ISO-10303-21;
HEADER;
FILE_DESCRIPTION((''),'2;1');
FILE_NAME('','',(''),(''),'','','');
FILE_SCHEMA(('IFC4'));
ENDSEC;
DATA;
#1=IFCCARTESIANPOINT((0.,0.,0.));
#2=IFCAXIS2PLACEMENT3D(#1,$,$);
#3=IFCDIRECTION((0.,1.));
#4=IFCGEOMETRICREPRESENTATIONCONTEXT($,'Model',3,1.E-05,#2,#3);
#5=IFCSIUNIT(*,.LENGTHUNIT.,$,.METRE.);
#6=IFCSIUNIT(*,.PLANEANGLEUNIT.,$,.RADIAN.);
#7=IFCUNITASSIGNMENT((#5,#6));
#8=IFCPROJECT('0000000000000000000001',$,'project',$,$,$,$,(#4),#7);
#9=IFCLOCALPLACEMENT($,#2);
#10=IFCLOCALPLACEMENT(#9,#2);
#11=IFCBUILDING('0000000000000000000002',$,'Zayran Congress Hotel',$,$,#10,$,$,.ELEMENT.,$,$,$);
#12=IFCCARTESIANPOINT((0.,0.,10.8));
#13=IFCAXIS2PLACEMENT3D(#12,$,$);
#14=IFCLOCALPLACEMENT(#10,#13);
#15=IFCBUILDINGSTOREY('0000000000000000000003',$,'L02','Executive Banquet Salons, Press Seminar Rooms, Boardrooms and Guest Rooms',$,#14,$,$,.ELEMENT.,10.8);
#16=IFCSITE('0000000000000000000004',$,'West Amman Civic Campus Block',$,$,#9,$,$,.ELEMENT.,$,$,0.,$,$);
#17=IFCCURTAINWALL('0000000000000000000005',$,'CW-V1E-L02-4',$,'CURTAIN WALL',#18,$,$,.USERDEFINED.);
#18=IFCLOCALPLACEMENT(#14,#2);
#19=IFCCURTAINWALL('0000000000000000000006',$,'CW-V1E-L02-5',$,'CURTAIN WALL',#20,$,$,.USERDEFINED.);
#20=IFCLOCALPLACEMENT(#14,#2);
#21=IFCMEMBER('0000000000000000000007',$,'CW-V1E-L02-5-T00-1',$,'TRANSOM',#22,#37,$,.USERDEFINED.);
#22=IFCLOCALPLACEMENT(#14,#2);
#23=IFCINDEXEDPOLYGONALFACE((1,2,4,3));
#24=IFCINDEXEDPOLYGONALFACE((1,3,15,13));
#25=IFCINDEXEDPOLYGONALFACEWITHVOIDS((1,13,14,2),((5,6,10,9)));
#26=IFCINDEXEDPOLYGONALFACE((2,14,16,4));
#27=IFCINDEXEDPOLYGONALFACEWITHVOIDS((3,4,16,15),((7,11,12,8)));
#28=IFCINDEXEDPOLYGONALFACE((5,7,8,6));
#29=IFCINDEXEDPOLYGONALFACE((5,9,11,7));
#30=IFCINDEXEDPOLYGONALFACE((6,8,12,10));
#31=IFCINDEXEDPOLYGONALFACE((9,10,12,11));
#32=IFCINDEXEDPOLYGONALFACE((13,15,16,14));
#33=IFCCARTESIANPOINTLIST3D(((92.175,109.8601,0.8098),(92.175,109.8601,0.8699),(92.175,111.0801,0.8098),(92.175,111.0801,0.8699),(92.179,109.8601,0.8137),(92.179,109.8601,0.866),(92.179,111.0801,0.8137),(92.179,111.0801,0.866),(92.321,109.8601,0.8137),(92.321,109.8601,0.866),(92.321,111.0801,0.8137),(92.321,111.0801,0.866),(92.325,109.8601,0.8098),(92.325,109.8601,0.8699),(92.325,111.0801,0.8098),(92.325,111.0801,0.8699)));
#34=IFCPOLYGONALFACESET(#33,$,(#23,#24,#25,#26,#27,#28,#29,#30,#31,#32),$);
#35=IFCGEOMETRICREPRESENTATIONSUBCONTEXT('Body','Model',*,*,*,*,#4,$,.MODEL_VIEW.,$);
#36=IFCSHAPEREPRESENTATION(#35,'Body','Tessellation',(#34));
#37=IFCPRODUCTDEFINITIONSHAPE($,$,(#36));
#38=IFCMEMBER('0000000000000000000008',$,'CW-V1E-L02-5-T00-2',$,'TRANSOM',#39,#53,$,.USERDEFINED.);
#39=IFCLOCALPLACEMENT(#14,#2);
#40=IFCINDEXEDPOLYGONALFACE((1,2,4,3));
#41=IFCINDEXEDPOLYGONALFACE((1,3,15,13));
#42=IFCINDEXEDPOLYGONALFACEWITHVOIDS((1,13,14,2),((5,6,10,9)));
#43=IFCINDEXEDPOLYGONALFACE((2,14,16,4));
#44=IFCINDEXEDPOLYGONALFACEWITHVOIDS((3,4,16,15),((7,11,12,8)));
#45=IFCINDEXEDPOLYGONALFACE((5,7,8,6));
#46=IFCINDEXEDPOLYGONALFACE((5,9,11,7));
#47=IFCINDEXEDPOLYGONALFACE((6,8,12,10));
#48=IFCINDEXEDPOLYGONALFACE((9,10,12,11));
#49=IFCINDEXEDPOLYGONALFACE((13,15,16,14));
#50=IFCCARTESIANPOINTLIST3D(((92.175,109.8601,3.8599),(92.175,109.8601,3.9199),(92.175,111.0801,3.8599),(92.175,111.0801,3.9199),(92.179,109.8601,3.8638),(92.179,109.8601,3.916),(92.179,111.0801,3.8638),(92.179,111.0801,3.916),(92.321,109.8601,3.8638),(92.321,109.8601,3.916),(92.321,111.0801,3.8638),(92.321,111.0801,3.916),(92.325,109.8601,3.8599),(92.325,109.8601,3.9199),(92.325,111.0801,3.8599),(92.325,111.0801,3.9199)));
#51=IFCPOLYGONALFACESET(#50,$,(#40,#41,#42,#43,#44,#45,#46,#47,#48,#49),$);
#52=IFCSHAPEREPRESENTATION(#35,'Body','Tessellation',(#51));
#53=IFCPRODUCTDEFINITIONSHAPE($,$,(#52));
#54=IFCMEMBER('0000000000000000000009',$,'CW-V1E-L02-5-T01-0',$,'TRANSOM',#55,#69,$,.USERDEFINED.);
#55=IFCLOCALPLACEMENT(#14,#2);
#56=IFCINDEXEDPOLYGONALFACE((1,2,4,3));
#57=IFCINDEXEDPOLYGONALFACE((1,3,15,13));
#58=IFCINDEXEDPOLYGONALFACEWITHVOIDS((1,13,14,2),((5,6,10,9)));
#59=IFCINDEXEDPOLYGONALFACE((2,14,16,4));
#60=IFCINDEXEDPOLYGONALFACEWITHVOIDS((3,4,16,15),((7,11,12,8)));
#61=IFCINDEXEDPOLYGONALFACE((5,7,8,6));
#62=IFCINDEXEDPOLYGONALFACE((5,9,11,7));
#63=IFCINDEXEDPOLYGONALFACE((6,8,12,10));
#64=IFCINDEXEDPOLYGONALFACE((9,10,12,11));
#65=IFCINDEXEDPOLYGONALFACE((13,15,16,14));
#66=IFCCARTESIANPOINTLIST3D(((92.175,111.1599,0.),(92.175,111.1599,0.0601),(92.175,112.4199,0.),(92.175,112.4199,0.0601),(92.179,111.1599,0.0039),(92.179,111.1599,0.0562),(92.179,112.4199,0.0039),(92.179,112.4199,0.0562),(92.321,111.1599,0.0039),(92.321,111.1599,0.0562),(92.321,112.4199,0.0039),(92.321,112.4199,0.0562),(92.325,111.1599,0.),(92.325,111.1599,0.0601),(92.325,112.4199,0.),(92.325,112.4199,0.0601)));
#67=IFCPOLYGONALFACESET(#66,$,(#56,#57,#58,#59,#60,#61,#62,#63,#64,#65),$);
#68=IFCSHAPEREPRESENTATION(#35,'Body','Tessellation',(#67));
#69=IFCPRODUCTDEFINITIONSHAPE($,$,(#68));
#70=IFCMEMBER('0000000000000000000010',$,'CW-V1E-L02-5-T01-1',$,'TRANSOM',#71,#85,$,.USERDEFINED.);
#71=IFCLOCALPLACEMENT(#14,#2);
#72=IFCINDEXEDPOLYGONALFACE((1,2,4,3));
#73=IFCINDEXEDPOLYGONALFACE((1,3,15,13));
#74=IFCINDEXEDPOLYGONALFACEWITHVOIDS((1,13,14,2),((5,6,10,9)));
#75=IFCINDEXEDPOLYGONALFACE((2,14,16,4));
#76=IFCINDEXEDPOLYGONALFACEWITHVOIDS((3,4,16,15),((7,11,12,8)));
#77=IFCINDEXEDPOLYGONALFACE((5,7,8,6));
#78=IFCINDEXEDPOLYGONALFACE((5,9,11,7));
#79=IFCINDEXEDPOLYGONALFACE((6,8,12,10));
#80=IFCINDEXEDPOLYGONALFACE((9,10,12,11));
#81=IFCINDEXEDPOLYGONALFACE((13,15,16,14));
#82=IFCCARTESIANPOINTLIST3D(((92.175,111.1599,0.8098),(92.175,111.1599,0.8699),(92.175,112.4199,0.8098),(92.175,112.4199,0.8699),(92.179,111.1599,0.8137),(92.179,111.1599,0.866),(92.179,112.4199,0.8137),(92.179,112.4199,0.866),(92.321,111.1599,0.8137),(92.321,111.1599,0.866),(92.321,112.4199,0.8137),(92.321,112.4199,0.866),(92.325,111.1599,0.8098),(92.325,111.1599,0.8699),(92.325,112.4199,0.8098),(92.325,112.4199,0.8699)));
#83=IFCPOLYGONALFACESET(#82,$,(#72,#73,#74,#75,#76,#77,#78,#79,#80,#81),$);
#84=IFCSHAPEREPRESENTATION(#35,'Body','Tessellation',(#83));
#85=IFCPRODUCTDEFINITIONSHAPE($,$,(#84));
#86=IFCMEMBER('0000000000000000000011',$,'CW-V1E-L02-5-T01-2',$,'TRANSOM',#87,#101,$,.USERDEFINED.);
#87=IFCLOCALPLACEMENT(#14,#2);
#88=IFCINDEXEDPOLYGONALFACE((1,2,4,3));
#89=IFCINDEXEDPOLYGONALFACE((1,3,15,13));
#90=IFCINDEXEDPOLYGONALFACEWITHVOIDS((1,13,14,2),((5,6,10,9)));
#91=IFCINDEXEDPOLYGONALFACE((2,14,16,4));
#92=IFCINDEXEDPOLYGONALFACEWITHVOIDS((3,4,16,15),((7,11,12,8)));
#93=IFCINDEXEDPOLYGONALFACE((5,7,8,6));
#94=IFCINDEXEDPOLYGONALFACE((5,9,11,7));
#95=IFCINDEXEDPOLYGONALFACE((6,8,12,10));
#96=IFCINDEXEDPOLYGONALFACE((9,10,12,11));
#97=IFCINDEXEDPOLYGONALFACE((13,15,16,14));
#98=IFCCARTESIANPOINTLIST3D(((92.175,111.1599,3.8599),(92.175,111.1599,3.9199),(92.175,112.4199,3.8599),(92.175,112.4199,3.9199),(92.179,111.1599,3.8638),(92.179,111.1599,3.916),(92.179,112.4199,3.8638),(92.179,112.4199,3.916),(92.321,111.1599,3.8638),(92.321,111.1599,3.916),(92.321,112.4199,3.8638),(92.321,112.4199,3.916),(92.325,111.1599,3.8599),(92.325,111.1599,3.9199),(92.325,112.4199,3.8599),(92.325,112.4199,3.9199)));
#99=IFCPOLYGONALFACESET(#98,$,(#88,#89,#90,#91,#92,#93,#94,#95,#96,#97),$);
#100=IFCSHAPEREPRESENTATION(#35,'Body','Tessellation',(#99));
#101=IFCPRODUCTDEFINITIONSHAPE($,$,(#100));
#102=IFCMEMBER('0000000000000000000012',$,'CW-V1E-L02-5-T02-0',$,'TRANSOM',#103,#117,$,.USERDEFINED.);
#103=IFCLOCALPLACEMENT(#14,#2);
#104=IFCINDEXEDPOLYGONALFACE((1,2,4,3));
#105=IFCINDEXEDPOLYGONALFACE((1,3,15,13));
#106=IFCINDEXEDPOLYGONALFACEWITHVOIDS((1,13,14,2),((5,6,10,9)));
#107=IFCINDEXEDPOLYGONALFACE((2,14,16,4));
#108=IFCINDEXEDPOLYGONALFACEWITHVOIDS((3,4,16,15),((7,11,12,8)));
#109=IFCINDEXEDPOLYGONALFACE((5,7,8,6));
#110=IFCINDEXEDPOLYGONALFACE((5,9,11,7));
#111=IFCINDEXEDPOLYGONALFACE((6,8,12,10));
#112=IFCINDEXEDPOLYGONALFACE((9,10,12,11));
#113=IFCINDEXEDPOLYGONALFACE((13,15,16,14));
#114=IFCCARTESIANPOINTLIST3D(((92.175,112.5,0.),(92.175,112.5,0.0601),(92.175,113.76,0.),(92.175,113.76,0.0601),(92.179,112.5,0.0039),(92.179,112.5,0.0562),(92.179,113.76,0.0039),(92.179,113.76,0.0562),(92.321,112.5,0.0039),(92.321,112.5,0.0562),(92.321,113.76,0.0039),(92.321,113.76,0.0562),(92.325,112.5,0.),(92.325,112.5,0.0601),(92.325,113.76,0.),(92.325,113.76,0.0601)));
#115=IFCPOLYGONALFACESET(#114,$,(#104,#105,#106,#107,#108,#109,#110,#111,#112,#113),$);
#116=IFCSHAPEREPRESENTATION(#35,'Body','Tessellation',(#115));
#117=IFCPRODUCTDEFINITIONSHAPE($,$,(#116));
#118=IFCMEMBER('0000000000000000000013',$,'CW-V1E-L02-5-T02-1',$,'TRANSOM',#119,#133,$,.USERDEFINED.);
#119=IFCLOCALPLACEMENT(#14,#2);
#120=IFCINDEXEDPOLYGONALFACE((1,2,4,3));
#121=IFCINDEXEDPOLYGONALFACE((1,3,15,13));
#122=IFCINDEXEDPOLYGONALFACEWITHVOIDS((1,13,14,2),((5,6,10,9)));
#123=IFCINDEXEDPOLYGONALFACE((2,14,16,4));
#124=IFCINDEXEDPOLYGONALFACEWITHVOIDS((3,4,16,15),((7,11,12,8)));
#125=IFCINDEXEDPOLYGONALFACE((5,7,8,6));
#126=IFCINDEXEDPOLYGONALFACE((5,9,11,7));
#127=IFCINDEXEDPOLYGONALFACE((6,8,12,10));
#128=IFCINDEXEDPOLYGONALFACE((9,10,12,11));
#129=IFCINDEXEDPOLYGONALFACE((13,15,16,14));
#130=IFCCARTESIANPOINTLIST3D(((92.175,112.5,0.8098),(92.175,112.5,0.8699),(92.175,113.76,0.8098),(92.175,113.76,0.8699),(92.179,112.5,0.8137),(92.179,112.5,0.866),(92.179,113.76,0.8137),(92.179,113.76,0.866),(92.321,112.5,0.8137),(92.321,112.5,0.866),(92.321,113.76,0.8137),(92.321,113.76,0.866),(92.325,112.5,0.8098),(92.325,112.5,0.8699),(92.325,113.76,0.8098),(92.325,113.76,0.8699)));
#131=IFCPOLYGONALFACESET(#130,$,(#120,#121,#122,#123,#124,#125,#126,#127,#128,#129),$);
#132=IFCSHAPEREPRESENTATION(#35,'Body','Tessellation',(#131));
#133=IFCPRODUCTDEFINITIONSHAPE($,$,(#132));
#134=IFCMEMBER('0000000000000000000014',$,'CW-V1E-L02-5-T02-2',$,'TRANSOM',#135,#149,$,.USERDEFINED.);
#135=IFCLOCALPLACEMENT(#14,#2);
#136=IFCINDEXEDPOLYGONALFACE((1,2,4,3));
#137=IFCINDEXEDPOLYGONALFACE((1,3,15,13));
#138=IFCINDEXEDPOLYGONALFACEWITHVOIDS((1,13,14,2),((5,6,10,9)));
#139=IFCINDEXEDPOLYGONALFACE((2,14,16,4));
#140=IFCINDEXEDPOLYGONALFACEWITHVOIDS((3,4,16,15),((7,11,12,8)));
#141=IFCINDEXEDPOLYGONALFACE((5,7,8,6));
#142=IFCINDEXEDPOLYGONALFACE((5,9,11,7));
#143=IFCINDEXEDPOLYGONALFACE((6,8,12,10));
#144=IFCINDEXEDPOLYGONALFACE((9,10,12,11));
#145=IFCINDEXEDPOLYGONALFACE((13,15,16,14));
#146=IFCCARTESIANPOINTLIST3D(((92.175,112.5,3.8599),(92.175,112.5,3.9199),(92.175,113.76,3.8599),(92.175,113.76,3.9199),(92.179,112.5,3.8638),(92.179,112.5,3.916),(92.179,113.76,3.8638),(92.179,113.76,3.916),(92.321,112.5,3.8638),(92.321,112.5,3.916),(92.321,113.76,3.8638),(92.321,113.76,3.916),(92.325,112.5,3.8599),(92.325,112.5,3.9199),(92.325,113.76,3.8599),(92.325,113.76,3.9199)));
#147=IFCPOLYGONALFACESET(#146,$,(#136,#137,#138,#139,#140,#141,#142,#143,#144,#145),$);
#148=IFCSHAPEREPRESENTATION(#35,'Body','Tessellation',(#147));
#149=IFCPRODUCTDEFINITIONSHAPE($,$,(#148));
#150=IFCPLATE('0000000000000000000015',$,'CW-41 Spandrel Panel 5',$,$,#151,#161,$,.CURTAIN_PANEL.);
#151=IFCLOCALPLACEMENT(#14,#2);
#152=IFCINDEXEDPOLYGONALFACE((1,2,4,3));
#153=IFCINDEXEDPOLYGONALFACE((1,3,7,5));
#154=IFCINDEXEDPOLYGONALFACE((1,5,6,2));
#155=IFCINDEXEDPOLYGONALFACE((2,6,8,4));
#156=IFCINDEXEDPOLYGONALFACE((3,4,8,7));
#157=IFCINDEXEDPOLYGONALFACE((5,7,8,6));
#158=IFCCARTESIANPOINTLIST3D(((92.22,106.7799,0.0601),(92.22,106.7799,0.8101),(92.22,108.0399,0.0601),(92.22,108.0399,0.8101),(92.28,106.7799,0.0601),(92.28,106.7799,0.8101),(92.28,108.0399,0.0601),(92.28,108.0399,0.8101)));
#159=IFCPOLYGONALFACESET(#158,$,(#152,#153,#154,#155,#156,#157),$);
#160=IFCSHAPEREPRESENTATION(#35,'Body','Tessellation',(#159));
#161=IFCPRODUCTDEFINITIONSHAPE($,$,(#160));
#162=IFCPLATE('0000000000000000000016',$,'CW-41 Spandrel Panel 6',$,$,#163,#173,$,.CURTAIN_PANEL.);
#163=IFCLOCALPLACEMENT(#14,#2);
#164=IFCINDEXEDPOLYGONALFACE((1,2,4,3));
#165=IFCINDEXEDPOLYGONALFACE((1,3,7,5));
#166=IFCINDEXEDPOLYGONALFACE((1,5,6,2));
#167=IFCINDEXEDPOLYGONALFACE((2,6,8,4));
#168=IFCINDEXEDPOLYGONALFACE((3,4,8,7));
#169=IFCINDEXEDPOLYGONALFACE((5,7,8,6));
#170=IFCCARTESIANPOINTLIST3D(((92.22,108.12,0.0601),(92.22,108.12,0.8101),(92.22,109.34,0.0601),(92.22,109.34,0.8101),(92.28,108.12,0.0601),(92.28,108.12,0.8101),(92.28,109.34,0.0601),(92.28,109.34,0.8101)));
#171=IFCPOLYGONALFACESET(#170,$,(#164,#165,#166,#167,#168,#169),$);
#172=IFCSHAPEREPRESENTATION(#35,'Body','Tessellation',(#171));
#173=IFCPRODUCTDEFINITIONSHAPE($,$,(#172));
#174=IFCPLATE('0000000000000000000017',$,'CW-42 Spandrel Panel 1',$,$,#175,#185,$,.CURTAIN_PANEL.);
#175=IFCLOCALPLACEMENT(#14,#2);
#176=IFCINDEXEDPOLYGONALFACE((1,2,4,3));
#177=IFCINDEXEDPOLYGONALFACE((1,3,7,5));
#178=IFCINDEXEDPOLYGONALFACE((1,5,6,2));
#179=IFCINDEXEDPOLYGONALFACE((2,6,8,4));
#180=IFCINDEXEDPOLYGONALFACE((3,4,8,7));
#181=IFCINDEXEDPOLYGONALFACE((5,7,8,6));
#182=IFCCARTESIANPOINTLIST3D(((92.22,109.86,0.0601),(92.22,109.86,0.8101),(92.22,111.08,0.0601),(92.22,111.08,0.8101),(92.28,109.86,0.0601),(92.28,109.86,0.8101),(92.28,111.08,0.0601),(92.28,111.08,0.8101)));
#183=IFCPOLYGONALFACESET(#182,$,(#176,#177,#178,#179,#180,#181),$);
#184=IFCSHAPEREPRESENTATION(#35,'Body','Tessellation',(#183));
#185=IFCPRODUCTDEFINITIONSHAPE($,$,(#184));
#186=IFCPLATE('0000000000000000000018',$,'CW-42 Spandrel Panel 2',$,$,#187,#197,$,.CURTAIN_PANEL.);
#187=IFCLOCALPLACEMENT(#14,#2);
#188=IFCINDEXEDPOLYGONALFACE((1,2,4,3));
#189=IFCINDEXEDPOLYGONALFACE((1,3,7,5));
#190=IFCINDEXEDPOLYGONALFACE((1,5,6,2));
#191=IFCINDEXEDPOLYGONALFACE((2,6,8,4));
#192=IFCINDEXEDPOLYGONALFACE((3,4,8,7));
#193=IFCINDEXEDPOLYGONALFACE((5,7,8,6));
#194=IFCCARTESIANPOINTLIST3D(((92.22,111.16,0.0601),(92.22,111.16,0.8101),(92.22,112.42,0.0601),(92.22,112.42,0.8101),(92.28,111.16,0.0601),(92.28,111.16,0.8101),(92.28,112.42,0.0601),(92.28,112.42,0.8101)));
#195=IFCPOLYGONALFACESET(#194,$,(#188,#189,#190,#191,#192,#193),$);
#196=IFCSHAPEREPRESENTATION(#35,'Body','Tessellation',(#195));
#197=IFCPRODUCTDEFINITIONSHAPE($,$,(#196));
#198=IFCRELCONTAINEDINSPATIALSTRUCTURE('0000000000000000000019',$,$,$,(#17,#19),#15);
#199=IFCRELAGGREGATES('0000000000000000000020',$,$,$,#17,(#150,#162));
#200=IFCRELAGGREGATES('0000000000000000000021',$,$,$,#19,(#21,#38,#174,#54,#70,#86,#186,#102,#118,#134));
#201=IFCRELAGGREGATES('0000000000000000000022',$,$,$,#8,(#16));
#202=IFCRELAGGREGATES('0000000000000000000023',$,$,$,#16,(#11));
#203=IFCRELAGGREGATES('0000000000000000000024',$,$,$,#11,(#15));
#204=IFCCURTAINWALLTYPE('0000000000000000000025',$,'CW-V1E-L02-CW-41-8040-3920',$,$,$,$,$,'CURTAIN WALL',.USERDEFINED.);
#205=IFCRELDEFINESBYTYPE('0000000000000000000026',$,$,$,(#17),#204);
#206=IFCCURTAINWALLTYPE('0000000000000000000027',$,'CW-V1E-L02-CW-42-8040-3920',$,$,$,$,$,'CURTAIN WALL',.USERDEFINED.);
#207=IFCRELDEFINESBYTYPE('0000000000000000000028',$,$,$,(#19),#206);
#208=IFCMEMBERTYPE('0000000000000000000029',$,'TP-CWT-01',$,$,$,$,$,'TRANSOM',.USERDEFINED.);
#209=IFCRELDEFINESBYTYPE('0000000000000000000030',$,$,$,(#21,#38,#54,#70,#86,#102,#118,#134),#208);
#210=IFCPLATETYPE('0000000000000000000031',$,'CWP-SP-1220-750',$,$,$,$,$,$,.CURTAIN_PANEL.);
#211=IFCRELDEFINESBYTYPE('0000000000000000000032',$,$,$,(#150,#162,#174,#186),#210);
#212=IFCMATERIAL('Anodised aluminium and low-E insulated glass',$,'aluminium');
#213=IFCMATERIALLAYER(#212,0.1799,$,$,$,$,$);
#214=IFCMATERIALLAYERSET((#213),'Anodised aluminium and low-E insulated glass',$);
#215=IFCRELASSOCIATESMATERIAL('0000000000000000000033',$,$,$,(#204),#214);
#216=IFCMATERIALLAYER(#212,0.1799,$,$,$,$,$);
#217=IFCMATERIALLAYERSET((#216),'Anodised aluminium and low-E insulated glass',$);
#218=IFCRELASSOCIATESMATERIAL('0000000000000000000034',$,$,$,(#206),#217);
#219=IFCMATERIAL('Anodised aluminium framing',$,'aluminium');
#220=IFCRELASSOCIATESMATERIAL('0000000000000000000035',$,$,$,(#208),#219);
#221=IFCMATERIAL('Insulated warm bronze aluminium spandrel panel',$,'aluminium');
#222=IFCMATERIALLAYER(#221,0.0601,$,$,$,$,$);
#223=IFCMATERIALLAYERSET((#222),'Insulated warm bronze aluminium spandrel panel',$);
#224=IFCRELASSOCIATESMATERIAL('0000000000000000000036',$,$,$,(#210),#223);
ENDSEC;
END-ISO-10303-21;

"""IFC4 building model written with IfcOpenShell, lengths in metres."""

from ifc_helpers import new_model, si_unit, direction, frame, origin, origin_2d, place, context, subcontext, project, spatial, rectangle, hollow_rectangle, extrude, material, layer, layer_set, material_profile, profile_set, type_object, element, aggregate, save


model = new_model("IFC4")

# Units and contexts
model_context = context("Model", 3, precision=1e-05, world=origin(), true_north=direction((0.0, 1.0)))
body_context = subcontext(model_context, "Body", "Model", "MODEL_VIEW")
ifc_project = project(units=[si_unit("LENGTHUNIT", "METRE"), si_unit("PLANEANGLEUNIT", "RADIAN")], contexts=[model_context])

# Site, building, storey
site_placement = place(None, origin())
site = spatial("IfcSite", under=ifc_project, at=site_placement, Name="West Amman Civic Campus Block", CompositionType="ELEMENT", RefElevation=0.0)
building_placement = place(site_placement, origin())
building = spatial("IfcBuilding", under=site, at=building_placement, Name="Zayran Congress Hotel", CompositionType="ELEMENT")
storey_placement = place(building_placement, frame((0.0, 0.0, 10.8)))
storey = spatial("IfcBuildingStorey", under=building, at=storey_placement, Name="L02", Description="Executive Banquet Salons, Press Seminar Rooms, Boardrooms and Guest Rooms", CompositionType="ELEMENT", Elevation=10.8)

# Curtain walls
ifc_material_1 = material(Name="Anodised aluminium and low-E insulated glass", Category="aluminium")
ifc_layer_1 = layer(ifc_material_1, 0.1799)
ifc_layer_set_1 = layer_set([ifc_layer_1], Name="Anodised aluminium and low-E insulated glass")
curtain_wall_type_1 = type_object("IfcCurtainWallType", Name="CW-V1E-L02-CW-41-8040-3920", ElementType="CURTAIN WALL", PredefinedType="USERDEFINED", material=ifc_layer_set_1)
curtain_wall_1_placement = place(storey_placement, origin())
curtain_wall_1 = element("IfcCurtainWall", 1, at=curtain_wall_1_placement, inside=storey, type_object=curtain_wall_type_1, Name="CW-V1E-L02-4", ObjectType="CURTAIN WALL", PredefinedType="USERDEFINED")
ifc_material_2 = material(Name="Anodised aluminium framing", Category="aluminium")
ifc_layer_2 = layer(ifc_material_1, 0.1799)
ifc_layer_set_2 = layer_set([ifc_layer_2], Name="Anodised aluminium and low-E insulated glass")
curtain_wall_type_2 = type_object("IfcCurtainWallType", Name="CW-V1E-L02-CW-42-8040-3920", ElementType="CURTAIN WALL", PredefinedType="USERDEFINED", material=ifc_layer_set_2)
curtain_wall_2_placement = place(storey_placement, origin())
curtain_wall_2 = element("IfcCurtainWall", 2, at=curtain_wall_2_placement, inside=storey, type_object=curtain_wall_type_2, Name="CW-V1E-L02-5", ObjectType="CURTAIN WALL", PredefinedType="USERDEFINED")

# Members
ifc_material_profile_1 = material_profile(ifc_material_2, hollow_rectangle(XDim=0.0601, YDim=0.1499, WallThickness=0.0039, at=origin_2d()), Name="RHS 150x60x4")
ifc_profile_set_1 = profile_set([ifc_material_profile_1], Name="Anodised aluminium framing")
member_type_1 = type_object("IfcMemberType", Name="TP-CWT-01", ElementType="TRANSOM", PredefinedType="USERDEFINED", material=ifc_profile_set_1)
member_1_placement = place(storey_placement, frame((92.25, 109.8601, 0.8398), z_axis=(0.0, 1.0, 0.0), x_axis=(0.0, 0.0, 1.0)))
member_1 = element("IfcMember", 3, at=member_1_placement, type_object=member_type_1, Name="CW-V1E-L02-5-T00-1", ObjectType="TRANSOM", PredefinedType="USERDEFINED", context=body_context, shape_type="SweptSolid", body=[
    extrude(hollow_rectangle(XDim=0.0601, YDim=0.1499, WallThickness=0.0039, at=origin_2d()), origin(), (0.0, 0.0, 1.0), 1.22),
])
member_2_placement = place(storey_placement, frame((92.25, 109.8601, 3.8899), z_axis=(0.0, 1.0, 0.0), x_axis=(0.0, 0.0, 1.0)))
member_2 = element("IfcMember", 4, at=member_2_placement, type_object=member_type_1, Name="CW-V1E-L02-5-T00-2", ObjectType="TRANSOM", PredefinedType="USERDEFINED", context=body_context, shape_type="SweptSolid", body=[
    extrude(hollow_rectangle(XDim=0.0601, YDim=0.1499, WallThickness=0.0039, at=origin_2d()), origin(), (0.0, 0.0, 1.0), 1.22),
])
member_3_placement = place(storey_placement, frame((92.25, 111.1599, 0.03), z_axis=(0.0, 1.0, 0.0), x_axis=(0.0, 0.0, 1.0)))
member_3 = element("IfcMember", 5, at=member_3_placement, type_object=member_type_1, Name="CW-V1E-L02-5-T01-0", ObjectType="TRANSOM", PredefinedType="USERDEFINED", context=body_context, shape_type="SweptSolid", body=[
    extrude(hollow_rectangle(XDim=0.0601, YDim=0.1499, WallThickness=0.0039, at=origin_2d()), origin(), (0.0, 0.0, 1.0), 1.26),
])
member_4_placement = place(storey_placement, frame((92.25, 111.1599, 0.8398), z_axis=(0.0, 1.0, 0.0), x_axis=(0.0, 0.0, 1.0)))
member_4 = element("IfcMember", 6, at=member_4_placement, type_object=member_type_1, Name="CW-V1E-L02-5-T01-1", ObjectType="TRANSOM", PredefinedType="USERDEFINED", context=body_context, shape_type="SweptSolid", body=[
    extrude(hollow_rectangle(XDim=0.0601, YDim=0.1499, WallThickness=0.0039, at=origin_2d()), origin(), (0.0, 0.0, 1.0), 1.26),
])
member_5_placement = place(storey_placement, frame((92.25, 111.1599, 3.8899), z_axis=(0.0, 1.0, 0.0), x_axis=(0.0, 0.0, 1.0)))
member_5 = element("IfcMember", 7, at=member_5_placement, type_object=member_type_1, Name="CW-V1E-L02-5-T01-2", ObjectType="TRANSOM", PredefinedType="USERDEFINED", context=body_context, shape_type="SweptSolid", body=[
    extrude(hollow_rectangle(XDim=0.0601, YDim=0.1499, WallThickness=0.0039, at=origin_2d()), origin(), (0.0, 0.0, 1.0), 1.26),
])
member_6_placement = place(storey_placement, frame((92.25, 112.5, 0.03), z_axis=(0.0, 1.0, 0.0), x_axis=(0.0, 0.0, 1.0)))
member_6 = element("IfcMember", 8, at=member_6_placement, type_object=member_type_1, Name="CW-V1E-L02-5-T02-0", ObjectType="TRANSOM", PredefinedType="USERDEFINED", context=body_context, shape_type="SweptSolid", body=[
    extrude(hollow_rectangle(XDim=0.0601, YDim=0.1499, WallThickness=0.0039, at=origin_2d()), origin(), (0.0, 0.0, 1.0), 1.26),
])
member_7_placement = place(storey_placement, frame((92.25, 112.5, 0.8398), z_axis=(0.0, 1.0, 0.0), x_axis=(0.0, 0.0, 1.0)))
member_7 = element("IfcMember", 9, at=member_7_placement, type_object=member_type_1, Name="CW-V1E-L02-5-T02-1", ObjectType="TRANSOM", PredefinedType="USERDEFINED", context=body_context, shape_type="SweptSolid", body=[
    extrude(hollow_rectangle(XDim=0.0601, YDim=0.1499, WallThickness=0.0039, at=origin_2d()), origin(), (0.0, 0.0, 1.0), 1.26),
])
member_8_placement = place(storey_placement, frame((92.25, 112.5, 3.8899), z_axis=(0.0, 1.0, 0.0), x_axis=(0.0, 0.0, 1.0)))
member_8 = element("IfcMember", 10, at=member_8_placement, type_object=member_type_1, Name="CW-V1E-L02-5-T02-2", ObjectType="TRANSOM", PredefinedType="USERDEFINED", context=body_context, shape_type="SweptSolid", body=[
    extrude(hollow_rectangle(XDim=0.0601, YDim=0.1499, WallThickness=0.0039, at=origin_2d()), origin(), (0.0, 0.0, 1.0), 1.26),
])

# Plates
ifc_material_3 = material(Name="Insulated warm bronze aluminium spandrel panel", Category="aluminium")
ifc_layer_3 = layer(ifc_material_3, 0.0601)
ifc_layer_set_3 = layer_set([ifc_layer_3], Name="Insulated warm bronze aluminium spandrel panel")
plate_type_1 = type_object("IfcPlateType", Name="CWP-SP-1220-750", PredefinedType="CURTAIN_PANEL", material=ifc_layer_set_3)
plate_1_placement = place(storey_placement, frame((92.25, 107.4099, 0.0601), z_axis=(0.0, 0.0, 1.0), x_axis=(0.0, 1.0, 0.0)))
plate_1 = element("IfcPlate", 11, at=plate_1_placement, type_object=plate_type_1, Name="CW-41 Spandrel Panel 5", PredefinedType="CURTAIN_PANEL", context=body_context, shape_type="SweptSolid", body=[
    extrude(rectangle(XDim=1.26, YDim=0.0601, at=origin_2d()), origin(), (0.0, 0.0, 1.0), 0.75),
])
plate_2_placement = place(storey_placement, frame((92.25, 108.73, 0.0601), z_axis=(0.0, 0.0, 1.0), x_axis=(0.0, 1.0, 0.0)))
plate_2 = element("IfcPlate", 12, at=plate_2_placement, type_object=plate_type_1, Name="CW-41 Spandrel Panel 6", PredefinedType="CURTAIN_PANEL", context=body_context, shape_type="SweptSolid", body=[
    extrude(rectangle(XDim=1.22, YDim=0.0601, at=origin_2d()), origin(), (0.0, 0.0, 1.0), 0.75),
])
plate_3_placement = place(storey_placement, frame((92.25, 110.47, 0.0601), z_axis=(0.0, 0.0, 1.0), x_axis=(0.0, 1.0, 0.0)))
plate_3 = element("IfcPlate", 13, at=plate_3_placement, type_object=plate_type_1, Name="CW-42 Spandrel Panel 1", PredefinedType="CURTAIN_PANEL", context=body_context, shape_type="SweptSolid", body=[
    extrude(rectangle(XDim=1.22, YDim=0.0601, at=origin_2d()), origin(), (0.0, 0.0, 1.0), 0.75),
])
plate_4_placement = place(storey_placement, frame((92.25, 111.79, 0.0601), z_axis=(0.0, 0.0, 1.0), x_axis=(0.0, 1.0, 0.0)))
plate_4 = element("IfcPlate", 14, at=plate_4_placement, type_object=plate_type_1, Name="CW-42 Spandrel Panel 2", PredefinedType="CURTAIN_PANEL", context=body_context, shape_type="SweptSolid", body=[
    extrude(rectangle(XDim=1.26, YDim=0.0601, at=origin_2d()), origin(), (0.0, 0.0, 1.0), 0.75),
])
aggregate(curtain_wall_1, [plate_1, plate_2])
aggregate(curtain_wall_2, [member_1, member_2, plate_3, member_3, member_4, member_5, plate_4, member_6, member_7, member_8])

save(model, "model.ifc")
